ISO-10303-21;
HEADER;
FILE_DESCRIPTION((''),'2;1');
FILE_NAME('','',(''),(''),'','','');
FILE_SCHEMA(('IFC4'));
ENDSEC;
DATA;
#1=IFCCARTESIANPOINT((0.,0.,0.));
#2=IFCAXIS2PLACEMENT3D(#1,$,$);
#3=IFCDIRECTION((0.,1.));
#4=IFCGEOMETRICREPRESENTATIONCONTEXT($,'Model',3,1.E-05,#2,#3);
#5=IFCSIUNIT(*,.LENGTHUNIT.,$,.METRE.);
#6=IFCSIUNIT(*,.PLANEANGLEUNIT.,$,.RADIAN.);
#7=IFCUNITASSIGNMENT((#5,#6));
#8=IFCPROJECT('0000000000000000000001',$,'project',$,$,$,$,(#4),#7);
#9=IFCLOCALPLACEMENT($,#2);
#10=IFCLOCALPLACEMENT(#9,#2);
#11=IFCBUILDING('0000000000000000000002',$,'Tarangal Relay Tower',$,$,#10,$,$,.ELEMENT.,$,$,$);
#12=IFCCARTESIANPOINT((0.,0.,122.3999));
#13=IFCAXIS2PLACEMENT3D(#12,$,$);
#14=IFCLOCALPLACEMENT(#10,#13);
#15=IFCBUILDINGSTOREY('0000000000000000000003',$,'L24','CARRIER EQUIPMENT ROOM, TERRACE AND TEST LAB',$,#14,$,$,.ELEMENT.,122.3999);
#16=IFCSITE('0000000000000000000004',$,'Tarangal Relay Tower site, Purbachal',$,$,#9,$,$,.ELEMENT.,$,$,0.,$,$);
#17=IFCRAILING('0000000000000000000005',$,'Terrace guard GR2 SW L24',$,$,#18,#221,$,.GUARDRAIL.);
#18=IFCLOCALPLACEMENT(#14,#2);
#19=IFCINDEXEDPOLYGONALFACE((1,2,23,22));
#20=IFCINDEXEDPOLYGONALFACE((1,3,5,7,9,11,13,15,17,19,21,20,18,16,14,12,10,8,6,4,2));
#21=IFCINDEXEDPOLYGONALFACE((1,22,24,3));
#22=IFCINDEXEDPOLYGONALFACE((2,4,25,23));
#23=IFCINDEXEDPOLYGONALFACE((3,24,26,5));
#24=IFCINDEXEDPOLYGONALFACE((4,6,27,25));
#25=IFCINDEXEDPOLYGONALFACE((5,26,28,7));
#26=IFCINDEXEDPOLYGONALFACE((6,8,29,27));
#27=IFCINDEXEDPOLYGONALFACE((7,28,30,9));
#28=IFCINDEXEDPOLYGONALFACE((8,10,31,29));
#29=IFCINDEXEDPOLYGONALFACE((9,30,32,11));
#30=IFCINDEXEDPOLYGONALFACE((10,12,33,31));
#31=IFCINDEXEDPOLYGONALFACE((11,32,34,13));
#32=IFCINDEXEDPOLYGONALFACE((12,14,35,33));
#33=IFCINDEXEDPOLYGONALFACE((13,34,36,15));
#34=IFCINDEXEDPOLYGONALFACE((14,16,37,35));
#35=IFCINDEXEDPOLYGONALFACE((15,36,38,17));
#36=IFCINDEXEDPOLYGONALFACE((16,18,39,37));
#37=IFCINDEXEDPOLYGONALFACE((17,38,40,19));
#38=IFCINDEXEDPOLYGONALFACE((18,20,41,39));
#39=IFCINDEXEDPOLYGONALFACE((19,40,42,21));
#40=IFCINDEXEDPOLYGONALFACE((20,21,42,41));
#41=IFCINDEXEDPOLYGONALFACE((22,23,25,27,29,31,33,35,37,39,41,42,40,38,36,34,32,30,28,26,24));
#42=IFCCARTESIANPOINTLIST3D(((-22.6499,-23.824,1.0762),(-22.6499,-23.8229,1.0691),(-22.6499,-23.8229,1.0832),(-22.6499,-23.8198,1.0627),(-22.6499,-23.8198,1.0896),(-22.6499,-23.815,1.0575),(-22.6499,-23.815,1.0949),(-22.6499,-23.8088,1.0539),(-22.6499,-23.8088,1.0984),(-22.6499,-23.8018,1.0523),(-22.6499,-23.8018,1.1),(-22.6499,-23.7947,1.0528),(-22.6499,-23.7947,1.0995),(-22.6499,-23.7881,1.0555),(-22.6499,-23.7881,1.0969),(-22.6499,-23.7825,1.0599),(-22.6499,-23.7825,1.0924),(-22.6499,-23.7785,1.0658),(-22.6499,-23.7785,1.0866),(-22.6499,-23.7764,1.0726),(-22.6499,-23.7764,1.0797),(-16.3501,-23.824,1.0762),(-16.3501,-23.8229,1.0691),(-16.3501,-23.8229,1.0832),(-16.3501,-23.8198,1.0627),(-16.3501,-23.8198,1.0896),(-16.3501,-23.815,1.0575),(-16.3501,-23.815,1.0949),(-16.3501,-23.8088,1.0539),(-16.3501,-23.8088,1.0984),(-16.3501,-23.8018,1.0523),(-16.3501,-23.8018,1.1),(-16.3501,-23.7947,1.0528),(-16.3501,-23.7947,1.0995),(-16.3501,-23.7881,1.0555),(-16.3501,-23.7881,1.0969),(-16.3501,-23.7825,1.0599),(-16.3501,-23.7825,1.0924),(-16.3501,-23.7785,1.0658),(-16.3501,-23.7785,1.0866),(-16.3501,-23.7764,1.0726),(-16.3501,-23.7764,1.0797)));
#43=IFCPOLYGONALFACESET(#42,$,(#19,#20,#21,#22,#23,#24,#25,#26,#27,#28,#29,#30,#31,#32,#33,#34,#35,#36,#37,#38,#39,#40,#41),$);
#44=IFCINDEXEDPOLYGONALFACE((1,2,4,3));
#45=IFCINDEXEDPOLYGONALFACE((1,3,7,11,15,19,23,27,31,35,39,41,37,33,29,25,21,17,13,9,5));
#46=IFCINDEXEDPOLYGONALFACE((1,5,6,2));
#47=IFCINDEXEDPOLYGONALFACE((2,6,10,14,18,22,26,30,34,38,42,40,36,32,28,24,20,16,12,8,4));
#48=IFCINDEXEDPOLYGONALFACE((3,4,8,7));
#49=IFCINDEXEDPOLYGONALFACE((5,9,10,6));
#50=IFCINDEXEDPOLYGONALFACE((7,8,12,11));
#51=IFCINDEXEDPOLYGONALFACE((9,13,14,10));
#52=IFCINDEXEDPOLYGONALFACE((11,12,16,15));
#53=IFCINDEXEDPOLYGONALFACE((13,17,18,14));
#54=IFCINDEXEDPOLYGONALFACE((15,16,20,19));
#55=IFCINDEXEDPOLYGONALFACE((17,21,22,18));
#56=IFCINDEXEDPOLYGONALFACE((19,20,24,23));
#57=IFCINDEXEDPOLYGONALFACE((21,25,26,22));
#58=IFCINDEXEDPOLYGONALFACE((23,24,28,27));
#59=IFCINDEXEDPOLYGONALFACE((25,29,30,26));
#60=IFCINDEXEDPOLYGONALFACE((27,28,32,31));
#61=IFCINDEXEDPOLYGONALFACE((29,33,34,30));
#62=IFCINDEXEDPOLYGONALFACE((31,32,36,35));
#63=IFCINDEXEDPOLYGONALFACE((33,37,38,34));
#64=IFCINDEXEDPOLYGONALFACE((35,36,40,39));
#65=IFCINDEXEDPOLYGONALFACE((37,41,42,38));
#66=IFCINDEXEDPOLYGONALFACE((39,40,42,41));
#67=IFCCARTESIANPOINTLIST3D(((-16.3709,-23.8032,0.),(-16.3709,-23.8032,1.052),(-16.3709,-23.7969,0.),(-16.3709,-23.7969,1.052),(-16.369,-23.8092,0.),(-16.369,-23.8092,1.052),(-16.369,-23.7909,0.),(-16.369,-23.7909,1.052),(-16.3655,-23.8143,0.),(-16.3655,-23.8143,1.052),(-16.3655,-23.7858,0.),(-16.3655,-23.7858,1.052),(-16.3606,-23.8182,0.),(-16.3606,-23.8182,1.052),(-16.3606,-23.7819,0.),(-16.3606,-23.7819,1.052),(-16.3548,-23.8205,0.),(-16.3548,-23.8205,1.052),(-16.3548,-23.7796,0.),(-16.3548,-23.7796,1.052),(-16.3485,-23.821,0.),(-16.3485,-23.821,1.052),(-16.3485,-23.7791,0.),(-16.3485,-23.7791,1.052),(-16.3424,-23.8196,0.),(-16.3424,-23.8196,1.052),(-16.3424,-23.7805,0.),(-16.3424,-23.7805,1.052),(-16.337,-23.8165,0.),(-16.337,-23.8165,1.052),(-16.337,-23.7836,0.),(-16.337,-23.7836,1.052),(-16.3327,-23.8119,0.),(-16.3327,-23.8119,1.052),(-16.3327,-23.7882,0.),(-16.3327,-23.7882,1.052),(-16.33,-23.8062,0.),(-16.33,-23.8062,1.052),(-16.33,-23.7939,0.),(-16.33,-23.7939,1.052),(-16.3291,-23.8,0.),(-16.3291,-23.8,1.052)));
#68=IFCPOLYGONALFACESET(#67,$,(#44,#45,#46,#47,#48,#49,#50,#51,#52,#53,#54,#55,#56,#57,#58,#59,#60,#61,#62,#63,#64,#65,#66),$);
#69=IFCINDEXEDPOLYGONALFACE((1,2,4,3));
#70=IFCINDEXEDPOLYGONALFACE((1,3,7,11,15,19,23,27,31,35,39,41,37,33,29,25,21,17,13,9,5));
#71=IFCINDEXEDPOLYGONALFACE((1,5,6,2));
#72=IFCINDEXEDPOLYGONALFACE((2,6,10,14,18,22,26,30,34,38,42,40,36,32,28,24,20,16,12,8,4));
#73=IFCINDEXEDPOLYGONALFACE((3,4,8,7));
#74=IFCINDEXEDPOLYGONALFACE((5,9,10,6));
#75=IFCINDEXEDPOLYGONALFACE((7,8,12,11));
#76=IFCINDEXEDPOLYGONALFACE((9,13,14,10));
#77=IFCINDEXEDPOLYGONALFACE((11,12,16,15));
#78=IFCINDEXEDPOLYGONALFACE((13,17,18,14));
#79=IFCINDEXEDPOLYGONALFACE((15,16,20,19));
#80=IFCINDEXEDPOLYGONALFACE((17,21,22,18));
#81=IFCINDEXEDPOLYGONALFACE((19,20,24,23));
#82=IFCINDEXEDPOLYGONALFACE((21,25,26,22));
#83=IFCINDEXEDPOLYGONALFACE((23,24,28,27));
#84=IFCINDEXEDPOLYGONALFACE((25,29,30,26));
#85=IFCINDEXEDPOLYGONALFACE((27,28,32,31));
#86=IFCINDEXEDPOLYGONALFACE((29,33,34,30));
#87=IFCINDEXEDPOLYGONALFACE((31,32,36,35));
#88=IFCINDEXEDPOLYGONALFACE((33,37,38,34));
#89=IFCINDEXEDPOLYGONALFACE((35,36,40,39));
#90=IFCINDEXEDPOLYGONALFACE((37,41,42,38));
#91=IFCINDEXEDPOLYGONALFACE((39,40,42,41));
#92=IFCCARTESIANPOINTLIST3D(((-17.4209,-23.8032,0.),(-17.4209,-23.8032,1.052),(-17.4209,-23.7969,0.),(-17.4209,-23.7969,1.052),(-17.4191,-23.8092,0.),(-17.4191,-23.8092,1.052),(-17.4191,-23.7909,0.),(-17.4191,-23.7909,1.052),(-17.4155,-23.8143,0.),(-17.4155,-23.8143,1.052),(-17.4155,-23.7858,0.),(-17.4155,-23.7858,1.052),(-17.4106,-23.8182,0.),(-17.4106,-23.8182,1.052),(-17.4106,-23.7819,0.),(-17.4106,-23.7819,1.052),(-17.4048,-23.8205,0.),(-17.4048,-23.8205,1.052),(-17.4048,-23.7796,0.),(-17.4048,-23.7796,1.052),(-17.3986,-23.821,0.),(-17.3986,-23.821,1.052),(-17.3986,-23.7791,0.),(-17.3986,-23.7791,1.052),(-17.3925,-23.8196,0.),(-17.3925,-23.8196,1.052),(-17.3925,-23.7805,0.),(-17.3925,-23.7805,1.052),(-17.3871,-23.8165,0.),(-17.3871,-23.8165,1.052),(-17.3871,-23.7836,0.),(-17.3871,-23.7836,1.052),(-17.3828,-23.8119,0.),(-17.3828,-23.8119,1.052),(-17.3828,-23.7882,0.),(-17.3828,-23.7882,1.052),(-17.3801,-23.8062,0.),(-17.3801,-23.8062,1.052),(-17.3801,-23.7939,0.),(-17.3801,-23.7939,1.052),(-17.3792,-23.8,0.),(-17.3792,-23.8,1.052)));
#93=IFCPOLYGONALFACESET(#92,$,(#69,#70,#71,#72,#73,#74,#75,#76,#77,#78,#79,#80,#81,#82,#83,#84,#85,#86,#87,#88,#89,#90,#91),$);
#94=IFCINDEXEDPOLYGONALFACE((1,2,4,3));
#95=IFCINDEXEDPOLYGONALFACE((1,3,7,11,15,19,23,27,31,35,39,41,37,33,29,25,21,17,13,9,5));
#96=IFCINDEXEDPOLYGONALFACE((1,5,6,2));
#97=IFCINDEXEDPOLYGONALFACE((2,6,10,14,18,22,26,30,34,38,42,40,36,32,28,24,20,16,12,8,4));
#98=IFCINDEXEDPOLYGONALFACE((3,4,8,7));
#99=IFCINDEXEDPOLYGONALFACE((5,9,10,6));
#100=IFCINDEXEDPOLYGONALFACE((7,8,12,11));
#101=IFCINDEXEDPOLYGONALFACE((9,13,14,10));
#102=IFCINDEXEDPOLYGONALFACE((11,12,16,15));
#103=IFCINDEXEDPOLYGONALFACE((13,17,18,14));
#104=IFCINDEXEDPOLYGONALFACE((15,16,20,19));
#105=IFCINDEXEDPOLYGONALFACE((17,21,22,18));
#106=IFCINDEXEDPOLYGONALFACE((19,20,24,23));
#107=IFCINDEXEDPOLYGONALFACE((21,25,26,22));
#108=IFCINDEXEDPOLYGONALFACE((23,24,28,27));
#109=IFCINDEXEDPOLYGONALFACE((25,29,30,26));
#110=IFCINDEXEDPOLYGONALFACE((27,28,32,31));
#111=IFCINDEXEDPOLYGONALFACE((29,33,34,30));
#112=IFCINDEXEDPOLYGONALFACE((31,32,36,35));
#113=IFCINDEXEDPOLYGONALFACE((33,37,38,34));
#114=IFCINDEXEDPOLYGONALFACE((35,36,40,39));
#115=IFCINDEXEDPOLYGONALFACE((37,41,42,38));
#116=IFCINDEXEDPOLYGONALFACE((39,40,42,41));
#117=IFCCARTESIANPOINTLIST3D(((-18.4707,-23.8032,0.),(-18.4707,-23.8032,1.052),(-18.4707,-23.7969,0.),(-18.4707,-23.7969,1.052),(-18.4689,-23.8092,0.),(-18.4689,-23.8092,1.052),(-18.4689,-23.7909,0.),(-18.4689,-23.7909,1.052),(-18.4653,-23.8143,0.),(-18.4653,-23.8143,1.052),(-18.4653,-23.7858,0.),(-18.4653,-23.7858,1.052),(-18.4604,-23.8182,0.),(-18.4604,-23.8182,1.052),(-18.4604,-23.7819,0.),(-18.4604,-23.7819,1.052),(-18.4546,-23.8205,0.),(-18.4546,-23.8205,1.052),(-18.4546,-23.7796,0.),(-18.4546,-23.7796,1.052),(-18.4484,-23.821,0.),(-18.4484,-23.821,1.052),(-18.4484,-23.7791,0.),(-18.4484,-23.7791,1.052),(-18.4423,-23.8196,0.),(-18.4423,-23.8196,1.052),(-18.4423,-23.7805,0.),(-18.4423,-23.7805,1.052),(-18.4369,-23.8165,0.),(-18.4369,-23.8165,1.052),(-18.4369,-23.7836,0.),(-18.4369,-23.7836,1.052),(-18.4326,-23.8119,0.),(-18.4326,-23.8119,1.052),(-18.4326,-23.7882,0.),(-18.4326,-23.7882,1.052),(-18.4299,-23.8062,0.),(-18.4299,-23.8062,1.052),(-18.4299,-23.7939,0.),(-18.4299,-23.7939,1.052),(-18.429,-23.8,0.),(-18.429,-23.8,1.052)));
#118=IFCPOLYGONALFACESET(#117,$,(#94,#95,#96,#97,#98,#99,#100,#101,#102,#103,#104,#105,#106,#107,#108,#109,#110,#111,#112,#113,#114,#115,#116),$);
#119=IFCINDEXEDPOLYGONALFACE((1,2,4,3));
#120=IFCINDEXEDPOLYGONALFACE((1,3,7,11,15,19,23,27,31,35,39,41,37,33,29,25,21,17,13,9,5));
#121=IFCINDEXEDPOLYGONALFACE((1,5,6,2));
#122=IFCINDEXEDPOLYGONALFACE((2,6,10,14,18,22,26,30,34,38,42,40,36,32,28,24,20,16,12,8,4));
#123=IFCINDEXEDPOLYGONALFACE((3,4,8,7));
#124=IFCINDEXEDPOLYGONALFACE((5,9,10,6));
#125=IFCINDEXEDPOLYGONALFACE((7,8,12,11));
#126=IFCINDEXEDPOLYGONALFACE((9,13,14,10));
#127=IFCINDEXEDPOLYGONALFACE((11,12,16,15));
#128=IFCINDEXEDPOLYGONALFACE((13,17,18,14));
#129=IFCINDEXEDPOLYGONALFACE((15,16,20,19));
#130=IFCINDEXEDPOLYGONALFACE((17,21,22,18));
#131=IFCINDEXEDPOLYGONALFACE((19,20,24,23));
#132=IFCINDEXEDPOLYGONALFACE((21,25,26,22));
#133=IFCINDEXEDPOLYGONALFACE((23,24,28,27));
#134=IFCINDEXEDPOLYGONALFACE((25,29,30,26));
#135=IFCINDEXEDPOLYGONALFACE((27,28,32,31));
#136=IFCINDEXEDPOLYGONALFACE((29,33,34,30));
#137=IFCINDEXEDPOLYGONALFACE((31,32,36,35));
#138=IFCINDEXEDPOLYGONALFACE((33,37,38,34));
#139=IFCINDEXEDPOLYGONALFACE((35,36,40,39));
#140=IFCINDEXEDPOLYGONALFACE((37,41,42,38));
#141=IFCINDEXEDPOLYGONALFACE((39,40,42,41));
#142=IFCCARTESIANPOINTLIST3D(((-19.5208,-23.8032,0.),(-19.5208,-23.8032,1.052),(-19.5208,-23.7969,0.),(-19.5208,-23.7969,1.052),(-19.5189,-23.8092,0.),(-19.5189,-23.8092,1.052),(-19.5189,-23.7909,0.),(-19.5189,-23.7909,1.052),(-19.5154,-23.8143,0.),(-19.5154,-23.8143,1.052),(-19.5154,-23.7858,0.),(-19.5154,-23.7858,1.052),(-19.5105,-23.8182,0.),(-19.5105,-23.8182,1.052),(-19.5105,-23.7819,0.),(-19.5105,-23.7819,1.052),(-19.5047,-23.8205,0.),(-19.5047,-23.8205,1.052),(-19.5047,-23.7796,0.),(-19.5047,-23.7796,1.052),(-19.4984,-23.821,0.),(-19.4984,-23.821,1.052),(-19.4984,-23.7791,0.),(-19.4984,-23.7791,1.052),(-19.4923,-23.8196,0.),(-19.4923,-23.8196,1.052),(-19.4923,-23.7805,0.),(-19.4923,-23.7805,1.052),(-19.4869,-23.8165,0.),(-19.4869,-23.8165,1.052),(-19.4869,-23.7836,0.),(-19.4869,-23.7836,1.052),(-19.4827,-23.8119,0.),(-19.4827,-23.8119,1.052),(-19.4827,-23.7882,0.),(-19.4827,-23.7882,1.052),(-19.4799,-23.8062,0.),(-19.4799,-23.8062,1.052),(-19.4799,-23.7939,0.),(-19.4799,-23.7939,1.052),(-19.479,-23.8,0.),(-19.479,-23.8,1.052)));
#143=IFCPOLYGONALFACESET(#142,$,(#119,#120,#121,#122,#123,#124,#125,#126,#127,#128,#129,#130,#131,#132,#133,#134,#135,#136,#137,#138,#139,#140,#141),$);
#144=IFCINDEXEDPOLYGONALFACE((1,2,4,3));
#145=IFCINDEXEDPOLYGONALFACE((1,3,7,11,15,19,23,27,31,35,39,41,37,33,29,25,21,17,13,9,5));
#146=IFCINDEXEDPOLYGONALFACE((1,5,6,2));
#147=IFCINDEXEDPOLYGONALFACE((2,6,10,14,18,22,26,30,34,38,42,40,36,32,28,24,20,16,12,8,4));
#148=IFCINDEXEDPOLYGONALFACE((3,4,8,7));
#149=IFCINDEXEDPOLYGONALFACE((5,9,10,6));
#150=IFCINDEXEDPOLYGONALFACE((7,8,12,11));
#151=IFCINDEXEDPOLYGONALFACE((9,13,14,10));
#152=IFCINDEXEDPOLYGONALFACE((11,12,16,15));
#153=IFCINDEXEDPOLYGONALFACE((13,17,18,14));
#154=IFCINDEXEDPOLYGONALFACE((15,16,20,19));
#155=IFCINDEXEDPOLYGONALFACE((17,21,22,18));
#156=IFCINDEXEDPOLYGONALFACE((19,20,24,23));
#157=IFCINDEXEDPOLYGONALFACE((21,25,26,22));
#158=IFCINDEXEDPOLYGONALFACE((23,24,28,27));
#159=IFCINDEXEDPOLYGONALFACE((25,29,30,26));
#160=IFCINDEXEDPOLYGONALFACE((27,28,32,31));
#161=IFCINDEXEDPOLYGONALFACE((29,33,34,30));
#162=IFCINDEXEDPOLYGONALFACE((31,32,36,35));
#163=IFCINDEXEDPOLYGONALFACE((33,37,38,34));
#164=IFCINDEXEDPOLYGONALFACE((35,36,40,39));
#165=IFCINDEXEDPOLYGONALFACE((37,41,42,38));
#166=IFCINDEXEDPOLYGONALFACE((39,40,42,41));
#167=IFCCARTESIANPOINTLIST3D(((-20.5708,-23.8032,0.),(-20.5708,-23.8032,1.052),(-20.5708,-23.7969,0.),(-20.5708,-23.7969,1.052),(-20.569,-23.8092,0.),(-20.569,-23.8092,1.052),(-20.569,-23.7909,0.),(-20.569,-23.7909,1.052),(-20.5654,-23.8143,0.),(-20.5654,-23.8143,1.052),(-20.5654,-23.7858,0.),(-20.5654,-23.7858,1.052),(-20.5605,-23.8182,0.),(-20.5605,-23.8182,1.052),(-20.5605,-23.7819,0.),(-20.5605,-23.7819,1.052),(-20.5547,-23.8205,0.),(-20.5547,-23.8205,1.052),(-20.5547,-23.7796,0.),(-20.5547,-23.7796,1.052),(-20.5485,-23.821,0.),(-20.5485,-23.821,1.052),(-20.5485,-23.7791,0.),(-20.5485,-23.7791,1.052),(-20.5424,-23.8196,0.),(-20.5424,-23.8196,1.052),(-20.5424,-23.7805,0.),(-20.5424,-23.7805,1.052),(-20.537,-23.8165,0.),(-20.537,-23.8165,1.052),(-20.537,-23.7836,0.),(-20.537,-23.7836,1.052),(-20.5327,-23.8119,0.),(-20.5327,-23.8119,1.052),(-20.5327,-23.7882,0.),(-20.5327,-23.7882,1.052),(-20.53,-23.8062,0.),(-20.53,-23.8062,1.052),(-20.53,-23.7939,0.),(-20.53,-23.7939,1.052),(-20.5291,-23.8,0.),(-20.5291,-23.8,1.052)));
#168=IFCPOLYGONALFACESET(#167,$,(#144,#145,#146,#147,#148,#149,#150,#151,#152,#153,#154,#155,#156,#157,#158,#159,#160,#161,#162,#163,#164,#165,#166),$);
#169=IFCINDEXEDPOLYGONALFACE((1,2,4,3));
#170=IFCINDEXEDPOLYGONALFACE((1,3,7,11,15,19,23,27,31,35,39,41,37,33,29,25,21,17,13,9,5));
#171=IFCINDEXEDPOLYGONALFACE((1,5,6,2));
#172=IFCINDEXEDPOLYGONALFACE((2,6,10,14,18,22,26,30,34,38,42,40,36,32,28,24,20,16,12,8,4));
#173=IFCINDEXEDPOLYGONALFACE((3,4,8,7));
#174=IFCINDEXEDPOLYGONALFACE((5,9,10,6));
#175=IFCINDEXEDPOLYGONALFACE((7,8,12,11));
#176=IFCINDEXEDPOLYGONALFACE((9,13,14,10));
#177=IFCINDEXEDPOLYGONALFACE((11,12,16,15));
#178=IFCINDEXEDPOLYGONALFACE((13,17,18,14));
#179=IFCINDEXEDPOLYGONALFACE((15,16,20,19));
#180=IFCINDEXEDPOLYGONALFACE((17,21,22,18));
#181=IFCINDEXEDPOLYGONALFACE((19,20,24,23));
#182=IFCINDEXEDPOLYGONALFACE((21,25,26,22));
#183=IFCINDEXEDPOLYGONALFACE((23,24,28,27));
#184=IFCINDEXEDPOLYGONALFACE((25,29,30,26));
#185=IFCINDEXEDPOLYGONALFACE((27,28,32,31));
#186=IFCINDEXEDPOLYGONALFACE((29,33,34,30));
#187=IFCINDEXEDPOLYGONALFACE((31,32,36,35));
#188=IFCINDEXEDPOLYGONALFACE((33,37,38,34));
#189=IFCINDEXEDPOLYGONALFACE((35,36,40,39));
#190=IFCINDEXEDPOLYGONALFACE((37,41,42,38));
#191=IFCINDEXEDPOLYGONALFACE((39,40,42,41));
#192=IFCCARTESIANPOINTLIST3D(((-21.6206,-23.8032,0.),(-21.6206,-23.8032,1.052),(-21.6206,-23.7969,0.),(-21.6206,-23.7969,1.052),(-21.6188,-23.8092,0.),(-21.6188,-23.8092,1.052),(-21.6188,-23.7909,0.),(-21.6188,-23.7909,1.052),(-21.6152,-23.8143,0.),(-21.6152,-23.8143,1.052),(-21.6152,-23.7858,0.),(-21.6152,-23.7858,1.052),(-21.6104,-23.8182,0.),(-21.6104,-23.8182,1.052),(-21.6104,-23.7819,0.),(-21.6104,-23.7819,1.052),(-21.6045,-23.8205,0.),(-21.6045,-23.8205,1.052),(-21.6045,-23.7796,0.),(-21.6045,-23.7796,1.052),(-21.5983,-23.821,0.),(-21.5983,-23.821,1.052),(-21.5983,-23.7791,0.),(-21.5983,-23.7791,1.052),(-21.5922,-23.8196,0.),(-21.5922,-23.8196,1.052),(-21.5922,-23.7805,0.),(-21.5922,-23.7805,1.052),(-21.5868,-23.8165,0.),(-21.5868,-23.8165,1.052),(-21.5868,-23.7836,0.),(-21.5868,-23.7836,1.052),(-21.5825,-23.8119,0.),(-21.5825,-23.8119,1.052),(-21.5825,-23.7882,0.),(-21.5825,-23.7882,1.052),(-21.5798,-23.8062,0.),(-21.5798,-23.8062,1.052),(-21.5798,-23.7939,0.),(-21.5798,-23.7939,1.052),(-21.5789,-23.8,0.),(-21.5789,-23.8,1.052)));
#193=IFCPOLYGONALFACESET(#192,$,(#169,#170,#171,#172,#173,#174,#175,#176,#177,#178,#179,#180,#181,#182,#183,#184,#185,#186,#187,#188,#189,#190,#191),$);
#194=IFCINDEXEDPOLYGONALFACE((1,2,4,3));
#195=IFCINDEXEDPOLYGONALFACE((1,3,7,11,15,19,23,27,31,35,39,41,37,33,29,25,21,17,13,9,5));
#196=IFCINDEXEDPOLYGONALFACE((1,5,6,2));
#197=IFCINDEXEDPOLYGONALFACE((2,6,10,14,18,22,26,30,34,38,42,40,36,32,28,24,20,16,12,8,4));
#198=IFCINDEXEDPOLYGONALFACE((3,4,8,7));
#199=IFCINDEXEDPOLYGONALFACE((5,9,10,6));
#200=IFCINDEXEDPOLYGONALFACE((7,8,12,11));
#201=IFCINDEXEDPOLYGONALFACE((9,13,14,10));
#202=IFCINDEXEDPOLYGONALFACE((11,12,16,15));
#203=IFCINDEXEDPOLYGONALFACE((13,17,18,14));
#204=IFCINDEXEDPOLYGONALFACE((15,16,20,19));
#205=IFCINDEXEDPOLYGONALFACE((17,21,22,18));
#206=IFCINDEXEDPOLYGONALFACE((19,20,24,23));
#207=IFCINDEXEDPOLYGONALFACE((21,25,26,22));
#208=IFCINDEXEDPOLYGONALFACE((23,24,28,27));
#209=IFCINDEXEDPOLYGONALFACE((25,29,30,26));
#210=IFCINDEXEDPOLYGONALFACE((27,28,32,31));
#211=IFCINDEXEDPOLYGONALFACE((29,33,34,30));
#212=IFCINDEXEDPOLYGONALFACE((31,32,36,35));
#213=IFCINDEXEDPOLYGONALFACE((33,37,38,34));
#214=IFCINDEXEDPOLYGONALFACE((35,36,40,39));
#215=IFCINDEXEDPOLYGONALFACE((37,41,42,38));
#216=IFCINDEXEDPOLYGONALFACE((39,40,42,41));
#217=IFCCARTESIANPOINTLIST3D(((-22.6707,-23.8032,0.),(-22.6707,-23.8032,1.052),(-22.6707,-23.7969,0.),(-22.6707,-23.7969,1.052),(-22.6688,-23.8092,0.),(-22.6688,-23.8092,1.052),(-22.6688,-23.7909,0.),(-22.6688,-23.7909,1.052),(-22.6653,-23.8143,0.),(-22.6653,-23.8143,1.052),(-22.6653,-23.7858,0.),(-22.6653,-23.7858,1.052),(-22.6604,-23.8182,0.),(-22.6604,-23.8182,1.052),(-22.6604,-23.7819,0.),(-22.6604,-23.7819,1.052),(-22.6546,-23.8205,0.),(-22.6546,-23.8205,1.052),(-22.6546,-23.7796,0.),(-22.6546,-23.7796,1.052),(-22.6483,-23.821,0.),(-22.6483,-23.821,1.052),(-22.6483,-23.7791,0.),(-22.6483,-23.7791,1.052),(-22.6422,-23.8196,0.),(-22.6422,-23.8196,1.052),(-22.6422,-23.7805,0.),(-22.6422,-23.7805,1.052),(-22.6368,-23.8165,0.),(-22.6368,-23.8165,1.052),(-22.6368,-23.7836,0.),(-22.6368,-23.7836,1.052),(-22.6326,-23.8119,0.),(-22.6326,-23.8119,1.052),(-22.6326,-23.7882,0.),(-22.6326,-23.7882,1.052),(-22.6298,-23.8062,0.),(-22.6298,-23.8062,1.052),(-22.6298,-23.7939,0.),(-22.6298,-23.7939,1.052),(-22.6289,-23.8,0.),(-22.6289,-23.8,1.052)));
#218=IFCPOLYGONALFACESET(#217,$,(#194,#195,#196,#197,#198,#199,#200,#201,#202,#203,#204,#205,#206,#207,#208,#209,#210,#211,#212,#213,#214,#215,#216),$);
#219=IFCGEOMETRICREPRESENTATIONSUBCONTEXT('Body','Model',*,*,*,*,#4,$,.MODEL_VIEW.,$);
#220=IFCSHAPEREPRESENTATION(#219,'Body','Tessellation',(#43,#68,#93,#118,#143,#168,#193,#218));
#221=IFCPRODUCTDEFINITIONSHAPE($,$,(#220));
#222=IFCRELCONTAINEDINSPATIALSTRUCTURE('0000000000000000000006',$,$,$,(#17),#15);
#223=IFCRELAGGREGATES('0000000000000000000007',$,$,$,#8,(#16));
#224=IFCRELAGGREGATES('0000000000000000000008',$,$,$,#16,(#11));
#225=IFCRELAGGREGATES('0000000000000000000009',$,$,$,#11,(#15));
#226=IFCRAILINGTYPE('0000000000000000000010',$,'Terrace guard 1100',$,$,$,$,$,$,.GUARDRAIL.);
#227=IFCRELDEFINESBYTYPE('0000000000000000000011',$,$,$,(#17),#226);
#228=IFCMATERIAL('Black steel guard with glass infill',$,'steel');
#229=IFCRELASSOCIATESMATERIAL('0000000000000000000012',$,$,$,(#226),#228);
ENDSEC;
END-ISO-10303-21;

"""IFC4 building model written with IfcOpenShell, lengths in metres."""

from ifc_helpers import new_model, si_unit, direction, frame, origin, origin_2d, place, context, subcontext, project, spatial, circle, extrude, material, type_object, element, save


model = new_model("IFC4")

# Units and contexts
model_context = context("Model", 3, precision=1e-05, world=origin(), true_north=direction((0.0, 1.0)))
body_context = subcontext(model_context, "Body", "Model", "MODEL_VIEW")
ifc_project = project(units=[si_unit("LENGTHUNIT", "METRE"), si_unit("PLANEANGLEUNIT", "RADIAN")], contexts=[model_context])

# Site, building, storey
site_placement = place(None, origin())
site = spatial("IfcSite", under=ifc_project, at=site_placement, Name="Tarangal Relay Tower site, Purbachal", CompositionType="ELEMENT", RefElevation=0.0)
building_placement = place(site_placement, origin())
building = spatial("IfcBuilding", under=site, at=building_placement, Name="Tarangal Relay Tower", CompositionType="ELEMENT")
storey_placement = place(building_placement, frame((0.0, 0.0, 122.3999)))
storey = spatial("IfcBuildingStorey", under=building, at=storey_placement, Name="L24", Description="CARRIER EQUIPMENT ROOM, TERRACE AND TEST LAB", CompositionType="ELEMENT", Elevation=122.3999)

# Railing
ifc_material_1 = material(Name="Black steel guard with glass infill", Category="steel")
railing_type = type_object("IfcRailingType", Name="Terrace guard 1100", PredefinedType="GUARDRAIL", material=ifc_material_1)
railing_1_placement = place(storey_placement, frame((-16.3501, -23.8, 0.0)))
element("IfcRailing", 1, at=railing_1_placement, inside=storey, type_object=railing_type, Name="Terrace guard GR2 SW L24", PredefinedType="GUARDRAIL", context=body_context, shape_type="SweptSolid", body=[
    extrude(circle(Radius=0.0239, at=origin_2d()), frame((0.0, 0.0, 1.0762), z_axis=(-1.0, 0.0, 0.0), x_axis=(0.0, -1.0, 0.0)), (0.0, 0.0, 1.0), 6.2998),
    extrude(circle(Radius=0.021, at=origin_2d()), origin(), (0.0, 0.0, 1.0), 1.052),
    extrude(circle(Radius=0.021, at=origin_2d()), frame((-1.05, 0.0, 0.0)), (0.0, 0.0, 1.0), 1.052),
    extrude(circle(Radius=0.021, at=origin_2d()), frame((-2.0999, 0.0, 0.0)), (0.0, 0.0, 1.0), 1.052),
    extrude(circle(Radius=0.021, at=origin_2d()), frame((-3.1499, 0.0, 0.0)), (0.0, 0.0, 1.0), 1.052),
    extrude(circle(Radius=0.021, at=origin_2d()), frame((-4.2, 0.0, 0.0)), (0.0, 0.0, 1.0), 1.052),
    extrude(circle(Radius=0.021, at=origin_2d()), frame((-5.2498, 0.0, 0.0)), (0.0, 0.0, 1.0), 1.052),
    extrude(circle(Radius=0.021, at=origin_2d()), frame((-6.2998, 0.0, 0.0)), (0.0, 0.0, 1.0), 1.052),
])

save(model, "model.ifc")
